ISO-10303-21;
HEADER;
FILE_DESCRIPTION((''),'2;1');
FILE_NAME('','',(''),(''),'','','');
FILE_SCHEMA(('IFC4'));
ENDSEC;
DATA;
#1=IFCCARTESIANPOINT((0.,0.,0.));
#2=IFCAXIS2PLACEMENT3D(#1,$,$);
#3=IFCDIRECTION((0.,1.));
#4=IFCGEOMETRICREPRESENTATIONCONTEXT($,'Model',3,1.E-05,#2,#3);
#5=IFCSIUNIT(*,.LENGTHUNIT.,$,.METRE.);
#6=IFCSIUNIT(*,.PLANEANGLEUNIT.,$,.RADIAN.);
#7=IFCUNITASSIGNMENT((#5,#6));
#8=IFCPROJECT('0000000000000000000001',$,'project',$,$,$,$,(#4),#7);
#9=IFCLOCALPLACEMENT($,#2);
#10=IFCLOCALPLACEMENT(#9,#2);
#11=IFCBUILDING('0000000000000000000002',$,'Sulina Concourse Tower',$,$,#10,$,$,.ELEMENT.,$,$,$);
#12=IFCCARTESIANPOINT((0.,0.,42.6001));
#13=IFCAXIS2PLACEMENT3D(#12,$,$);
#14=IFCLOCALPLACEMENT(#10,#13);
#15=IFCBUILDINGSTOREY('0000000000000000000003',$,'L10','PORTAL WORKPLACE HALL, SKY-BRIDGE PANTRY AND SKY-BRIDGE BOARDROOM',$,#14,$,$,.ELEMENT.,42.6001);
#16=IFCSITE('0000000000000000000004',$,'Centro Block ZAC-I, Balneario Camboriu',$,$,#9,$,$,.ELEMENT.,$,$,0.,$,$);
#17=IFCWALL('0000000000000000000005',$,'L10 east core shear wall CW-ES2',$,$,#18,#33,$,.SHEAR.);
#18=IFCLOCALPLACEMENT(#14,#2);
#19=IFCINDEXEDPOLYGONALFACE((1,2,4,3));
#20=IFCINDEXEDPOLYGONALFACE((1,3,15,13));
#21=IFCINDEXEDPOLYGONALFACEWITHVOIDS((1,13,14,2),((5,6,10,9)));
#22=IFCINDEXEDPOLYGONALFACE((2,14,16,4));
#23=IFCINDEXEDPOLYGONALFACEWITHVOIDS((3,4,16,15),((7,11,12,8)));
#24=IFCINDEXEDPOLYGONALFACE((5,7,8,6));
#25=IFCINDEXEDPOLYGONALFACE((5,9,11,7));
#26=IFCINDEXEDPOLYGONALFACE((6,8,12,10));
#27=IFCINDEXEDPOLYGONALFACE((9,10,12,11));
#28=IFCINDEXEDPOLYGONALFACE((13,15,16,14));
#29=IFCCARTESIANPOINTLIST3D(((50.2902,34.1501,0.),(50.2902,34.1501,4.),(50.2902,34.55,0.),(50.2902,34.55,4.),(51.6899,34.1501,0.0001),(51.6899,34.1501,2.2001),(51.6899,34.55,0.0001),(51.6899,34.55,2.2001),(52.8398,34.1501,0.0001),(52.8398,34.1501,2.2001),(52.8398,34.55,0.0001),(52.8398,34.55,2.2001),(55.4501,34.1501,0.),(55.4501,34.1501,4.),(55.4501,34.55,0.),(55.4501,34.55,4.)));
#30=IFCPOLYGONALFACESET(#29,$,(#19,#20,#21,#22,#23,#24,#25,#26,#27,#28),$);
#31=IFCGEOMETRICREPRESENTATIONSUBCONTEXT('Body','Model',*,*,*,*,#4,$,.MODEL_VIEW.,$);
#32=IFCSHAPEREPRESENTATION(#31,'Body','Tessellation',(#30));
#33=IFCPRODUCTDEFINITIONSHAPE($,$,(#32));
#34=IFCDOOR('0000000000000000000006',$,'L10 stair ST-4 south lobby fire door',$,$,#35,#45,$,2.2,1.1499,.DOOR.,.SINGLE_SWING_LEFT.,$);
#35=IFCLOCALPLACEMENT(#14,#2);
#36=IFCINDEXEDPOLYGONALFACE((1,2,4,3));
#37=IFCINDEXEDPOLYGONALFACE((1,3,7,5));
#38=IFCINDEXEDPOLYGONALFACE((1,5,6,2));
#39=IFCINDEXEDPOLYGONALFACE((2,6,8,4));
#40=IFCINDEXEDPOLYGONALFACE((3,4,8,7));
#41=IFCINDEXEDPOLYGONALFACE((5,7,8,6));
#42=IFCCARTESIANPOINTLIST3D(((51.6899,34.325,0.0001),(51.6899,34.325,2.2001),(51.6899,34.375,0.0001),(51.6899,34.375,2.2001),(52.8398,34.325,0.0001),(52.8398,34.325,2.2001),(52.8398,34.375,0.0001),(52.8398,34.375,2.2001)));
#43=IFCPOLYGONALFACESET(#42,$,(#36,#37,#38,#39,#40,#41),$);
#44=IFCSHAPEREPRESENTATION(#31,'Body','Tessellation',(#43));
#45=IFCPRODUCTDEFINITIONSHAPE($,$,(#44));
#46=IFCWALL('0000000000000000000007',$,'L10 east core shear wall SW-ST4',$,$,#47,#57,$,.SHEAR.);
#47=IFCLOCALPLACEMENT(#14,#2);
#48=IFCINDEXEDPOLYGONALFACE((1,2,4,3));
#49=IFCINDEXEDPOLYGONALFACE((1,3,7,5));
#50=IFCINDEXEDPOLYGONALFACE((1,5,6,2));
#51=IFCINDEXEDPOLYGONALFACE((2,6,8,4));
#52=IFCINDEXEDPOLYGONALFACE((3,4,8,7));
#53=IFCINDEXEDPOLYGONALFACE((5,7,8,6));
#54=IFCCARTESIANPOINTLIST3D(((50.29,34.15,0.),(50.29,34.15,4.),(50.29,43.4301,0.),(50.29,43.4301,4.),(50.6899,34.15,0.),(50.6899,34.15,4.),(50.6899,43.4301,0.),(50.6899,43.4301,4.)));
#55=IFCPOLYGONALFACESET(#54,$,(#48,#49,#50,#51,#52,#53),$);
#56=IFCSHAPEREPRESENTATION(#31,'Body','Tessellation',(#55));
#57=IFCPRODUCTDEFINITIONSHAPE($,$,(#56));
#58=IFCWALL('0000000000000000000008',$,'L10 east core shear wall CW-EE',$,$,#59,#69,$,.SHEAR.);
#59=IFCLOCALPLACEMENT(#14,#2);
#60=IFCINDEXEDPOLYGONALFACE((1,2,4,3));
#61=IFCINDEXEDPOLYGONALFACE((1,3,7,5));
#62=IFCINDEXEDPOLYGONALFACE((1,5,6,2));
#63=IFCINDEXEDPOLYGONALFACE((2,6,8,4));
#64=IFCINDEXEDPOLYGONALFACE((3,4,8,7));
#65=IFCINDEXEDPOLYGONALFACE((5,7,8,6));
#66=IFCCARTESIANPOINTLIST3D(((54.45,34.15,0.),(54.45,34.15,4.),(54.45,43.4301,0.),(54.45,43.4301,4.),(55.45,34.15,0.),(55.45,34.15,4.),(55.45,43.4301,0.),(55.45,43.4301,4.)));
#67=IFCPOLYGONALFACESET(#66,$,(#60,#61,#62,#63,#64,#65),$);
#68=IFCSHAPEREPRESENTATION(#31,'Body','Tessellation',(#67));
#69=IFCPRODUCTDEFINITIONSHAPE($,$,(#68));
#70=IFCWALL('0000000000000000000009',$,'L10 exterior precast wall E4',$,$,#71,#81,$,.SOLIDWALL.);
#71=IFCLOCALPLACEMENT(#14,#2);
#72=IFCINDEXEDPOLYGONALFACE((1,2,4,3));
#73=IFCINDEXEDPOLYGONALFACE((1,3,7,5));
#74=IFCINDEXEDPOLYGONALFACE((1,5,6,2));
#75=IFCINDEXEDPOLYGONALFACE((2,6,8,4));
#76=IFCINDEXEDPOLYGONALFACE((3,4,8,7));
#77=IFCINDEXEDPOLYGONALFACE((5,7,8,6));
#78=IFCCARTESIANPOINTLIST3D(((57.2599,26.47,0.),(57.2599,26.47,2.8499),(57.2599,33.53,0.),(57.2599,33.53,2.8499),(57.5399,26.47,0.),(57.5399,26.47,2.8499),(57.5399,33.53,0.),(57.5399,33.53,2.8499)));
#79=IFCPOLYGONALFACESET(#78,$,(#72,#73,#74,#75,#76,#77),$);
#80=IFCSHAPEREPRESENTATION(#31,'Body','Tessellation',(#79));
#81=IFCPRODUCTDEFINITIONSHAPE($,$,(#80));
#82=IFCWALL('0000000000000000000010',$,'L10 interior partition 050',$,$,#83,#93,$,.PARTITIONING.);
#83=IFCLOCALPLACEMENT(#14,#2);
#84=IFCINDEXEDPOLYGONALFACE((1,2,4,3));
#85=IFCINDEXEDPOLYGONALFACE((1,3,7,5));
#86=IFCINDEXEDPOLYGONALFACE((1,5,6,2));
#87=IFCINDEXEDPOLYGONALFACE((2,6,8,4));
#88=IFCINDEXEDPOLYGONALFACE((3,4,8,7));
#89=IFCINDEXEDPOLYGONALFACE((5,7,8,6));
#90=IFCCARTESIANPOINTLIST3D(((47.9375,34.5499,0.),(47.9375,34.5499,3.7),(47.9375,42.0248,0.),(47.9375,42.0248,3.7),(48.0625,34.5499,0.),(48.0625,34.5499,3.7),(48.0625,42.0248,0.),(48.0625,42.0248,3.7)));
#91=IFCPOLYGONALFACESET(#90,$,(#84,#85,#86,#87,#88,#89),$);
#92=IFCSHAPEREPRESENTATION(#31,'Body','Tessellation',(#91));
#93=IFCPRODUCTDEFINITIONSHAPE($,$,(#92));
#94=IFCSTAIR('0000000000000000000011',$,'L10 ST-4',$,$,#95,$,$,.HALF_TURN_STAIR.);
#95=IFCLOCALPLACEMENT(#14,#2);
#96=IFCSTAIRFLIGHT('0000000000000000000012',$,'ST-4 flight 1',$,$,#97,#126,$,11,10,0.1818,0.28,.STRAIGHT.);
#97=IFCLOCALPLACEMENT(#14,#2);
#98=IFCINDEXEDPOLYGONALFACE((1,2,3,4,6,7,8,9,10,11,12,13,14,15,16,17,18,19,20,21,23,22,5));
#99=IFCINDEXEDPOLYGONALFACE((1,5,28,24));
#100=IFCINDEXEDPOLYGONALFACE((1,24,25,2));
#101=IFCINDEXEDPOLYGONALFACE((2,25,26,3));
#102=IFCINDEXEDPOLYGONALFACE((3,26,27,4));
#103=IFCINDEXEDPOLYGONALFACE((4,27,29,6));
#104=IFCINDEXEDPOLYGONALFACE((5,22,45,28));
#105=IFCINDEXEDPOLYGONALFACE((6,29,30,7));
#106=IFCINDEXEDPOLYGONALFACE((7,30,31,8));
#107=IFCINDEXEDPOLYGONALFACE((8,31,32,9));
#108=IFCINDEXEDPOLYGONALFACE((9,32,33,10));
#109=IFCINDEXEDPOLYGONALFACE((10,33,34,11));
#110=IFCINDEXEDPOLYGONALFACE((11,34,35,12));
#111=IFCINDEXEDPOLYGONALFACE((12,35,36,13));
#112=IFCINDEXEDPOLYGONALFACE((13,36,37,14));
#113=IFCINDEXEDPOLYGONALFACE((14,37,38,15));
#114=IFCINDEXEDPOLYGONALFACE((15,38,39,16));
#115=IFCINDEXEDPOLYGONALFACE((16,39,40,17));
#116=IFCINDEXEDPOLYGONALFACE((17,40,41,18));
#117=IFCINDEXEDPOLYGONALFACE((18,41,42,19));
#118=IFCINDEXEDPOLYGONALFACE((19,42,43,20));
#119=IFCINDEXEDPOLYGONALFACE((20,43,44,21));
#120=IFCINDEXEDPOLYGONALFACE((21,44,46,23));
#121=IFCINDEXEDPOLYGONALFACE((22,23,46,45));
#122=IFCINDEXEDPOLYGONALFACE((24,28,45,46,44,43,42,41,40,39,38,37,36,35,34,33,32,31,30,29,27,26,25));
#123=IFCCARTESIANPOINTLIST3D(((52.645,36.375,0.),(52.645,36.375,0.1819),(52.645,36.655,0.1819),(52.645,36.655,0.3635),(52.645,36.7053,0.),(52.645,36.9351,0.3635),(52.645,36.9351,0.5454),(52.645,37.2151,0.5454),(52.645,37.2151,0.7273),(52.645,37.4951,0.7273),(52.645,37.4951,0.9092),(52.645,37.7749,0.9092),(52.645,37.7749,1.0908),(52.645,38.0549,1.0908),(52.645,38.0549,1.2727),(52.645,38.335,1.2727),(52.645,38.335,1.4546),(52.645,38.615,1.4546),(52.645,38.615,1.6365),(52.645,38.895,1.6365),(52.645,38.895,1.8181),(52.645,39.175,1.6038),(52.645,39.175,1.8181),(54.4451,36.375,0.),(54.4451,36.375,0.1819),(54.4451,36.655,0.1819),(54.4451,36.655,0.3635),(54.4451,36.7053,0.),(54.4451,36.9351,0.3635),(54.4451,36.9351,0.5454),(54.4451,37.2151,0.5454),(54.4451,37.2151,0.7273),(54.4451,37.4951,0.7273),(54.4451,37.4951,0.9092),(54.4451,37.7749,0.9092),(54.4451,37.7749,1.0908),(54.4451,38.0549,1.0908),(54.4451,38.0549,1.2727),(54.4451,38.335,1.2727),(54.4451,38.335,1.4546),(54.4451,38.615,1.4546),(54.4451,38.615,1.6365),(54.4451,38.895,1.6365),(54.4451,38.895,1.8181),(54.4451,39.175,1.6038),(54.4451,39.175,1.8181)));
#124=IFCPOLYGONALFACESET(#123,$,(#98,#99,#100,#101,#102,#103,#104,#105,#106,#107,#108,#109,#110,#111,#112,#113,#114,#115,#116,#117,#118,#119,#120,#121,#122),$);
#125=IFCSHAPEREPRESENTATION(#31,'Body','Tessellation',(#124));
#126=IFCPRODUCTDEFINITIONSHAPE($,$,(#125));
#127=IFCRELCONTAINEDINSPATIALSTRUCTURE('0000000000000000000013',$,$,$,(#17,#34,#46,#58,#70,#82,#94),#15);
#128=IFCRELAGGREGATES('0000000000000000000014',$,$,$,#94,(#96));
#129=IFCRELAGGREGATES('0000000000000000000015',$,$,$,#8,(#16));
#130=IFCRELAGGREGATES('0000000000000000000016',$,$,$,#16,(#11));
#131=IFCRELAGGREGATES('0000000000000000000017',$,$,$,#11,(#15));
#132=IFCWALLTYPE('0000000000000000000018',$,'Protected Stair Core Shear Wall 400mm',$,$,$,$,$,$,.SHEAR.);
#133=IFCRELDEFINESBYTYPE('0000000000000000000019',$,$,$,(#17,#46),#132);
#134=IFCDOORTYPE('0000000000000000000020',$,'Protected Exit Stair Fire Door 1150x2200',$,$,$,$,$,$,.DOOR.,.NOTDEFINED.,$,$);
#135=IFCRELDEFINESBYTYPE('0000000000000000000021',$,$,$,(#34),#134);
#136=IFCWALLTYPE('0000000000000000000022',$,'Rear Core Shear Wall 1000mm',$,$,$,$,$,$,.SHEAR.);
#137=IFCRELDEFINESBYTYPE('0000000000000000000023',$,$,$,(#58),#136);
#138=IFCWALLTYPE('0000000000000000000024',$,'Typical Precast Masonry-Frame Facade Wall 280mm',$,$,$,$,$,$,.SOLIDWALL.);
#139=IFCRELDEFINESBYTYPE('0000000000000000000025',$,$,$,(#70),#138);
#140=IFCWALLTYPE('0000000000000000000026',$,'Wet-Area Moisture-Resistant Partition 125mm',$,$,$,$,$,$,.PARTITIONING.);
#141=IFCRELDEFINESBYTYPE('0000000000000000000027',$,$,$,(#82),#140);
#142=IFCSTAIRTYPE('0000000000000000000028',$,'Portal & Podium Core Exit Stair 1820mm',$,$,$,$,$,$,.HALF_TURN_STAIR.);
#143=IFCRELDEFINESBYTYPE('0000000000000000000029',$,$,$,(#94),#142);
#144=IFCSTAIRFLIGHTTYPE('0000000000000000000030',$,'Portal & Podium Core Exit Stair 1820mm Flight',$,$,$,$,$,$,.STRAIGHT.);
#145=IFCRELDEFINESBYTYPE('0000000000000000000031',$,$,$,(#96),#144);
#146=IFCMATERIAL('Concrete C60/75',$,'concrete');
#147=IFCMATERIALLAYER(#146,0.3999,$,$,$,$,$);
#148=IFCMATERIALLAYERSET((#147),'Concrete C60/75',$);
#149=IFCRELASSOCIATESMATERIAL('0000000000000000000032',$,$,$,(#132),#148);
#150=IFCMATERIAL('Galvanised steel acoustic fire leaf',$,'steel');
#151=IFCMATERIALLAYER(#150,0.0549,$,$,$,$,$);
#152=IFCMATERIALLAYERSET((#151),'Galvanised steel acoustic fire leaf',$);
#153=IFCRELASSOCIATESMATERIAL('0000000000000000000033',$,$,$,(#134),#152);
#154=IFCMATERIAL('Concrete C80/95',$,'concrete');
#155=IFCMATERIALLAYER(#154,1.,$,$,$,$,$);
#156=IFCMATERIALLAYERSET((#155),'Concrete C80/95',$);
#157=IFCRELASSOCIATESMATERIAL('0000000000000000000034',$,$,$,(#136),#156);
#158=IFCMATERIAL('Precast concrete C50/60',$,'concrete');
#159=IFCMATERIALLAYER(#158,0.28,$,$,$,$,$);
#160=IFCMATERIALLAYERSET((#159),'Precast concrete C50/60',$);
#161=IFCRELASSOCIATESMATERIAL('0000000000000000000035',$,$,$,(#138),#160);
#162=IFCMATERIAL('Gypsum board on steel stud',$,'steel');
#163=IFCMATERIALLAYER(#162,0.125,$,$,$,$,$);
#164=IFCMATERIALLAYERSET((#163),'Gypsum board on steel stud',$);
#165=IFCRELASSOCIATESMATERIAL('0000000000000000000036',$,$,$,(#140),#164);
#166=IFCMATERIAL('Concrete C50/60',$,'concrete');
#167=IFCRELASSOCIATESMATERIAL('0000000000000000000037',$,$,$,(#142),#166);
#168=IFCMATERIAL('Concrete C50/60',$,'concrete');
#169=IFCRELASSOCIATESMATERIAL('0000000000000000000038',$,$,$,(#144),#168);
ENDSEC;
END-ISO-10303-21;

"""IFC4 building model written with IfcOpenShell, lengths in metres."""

from ifc_helpers import new_model, si_unit, direction, frame, frame_2d, origin, place, context, subcontext, project, spatial, polyline, rectangle, outline, extrude, material, layer, layer_set, type_object, element, fill, aggregate, save


model = new_model("IFC4")

# Units and contexts
model_context = context("Model", 3, precision=1e-05, world=origin(), true_north=direction((0.0, 1.0)))
body_context = subcontext(model_context, "Body", "Model", "MODEL_VIEW")
ifc_project = project(units=[si_unit("LENGTHUNIT", "METRE"), si_unit("PLANEANGLEUNIT", "RADIAN")], contexts=[model_context])

# Site, building, storey
site_placement = place(None, origin())
site = spatial("IfcSite", under=ifc_project, at=site_placement, Name="Centro Block ZAC-I, Balneario Camboriu", CompositionType="ELEMENT", RefElevation=0.0)
building_placement = place(site_placement, origin())
building = spatial("IfcBuilding", under=site, at=building_placement, Name="Sulina Concourse Tower", CompositionType="ELEMENT")
storey_placement = place(building_placement, frame((0.0, 0.0, 42.6001)))
storey = spatial("IfcBuildingStorey", under=building, at=storey_placement, Name="L10", Description="PORTAL WORKPLACE HALL, SKY-BRIDGE PANTRY AND SKY-BRIDGE BOARDROOM", CompositionType="ELEMENT", Elevation=42.6001)

# Shared definitions
ifc_material_1 = material(Name="Concrete C60/75", Category="concrete")
ifc_layer_1 = layer(ifc_material_1, 0.3999)
ifc_layer_set_1 = layer_set([ifc_layer_1], Name="Concrete C60/75")
wall_type_1 = type_object("IfcWallType", Name="Protected Stair Core Shear Wall 400mm", PredefinedType="SHEAR", material=ifc_layer_set_1)

# Wall, opening, door
wall_1_placement = place(storey_placement, frame((50.29, 34.3501, 0.0), z_axis=(0.0, 0.0, 1.0), x_axis=(1.0, 0.0, 0.0)))
wall_1 = element("IfcWall", 1, at=wall_1_placement, inside=storey, type_object=wall_type_1, Name="L10 east core shear wall CW-ES2", PredefinedType="SHEAR", context=body_context, shape_type="SweptSolid", body=[
    extrude(rectangle(XDim=5.1599, YDim=0.3999, at=frame_2d((2.5801, 0.0))), origin(), (0.0, 0.0, 1.0), 4.0),
])
opening_1_placement = place(wall_1_placement, frame((1.3999, 0.0, 0.0)))
opening_1 = element("IfcOpeningElement", 2, at=opening_1_placement, cuts=wall_1, PredefinedType="OPENING", context=body_context, shape_type="SweptSolid", body=[
    extrude(rectangle(XDim=1.1499, YDim=2.2, at=frame_2d((0.575, 1.1001))), frame((0.0, 0.21, 0.0), z_axis=(0.0, -1.0, 0.0), x_axis=(1.0, 0.0, 0.0)), (0.0, 0.0, 1.0), 0.4199),
])
ifc_material_2 = material(Name="Galvanised steel acoustic fire leaf", Category="steel")
ifc_layer_2 = layer(ifc_material_2, 0.0549)
ifc_layer_set_2 = layer_set([ifc_layer_2], Name="Galvanised steel acoustic fire leaf")
door_type_1 = type_object("IfcDoorType", Name="Protected Exit Stair Fire Door 1150x2200", OperationType="NOTDEFINED", PredefinedType="DOOR", material=ifc_layer_set_2)
door_1_placement = place(opening_1_placement, origin())
door_1 = element("IfcDoor", 3, at=door_1_placement, inside=storey, type_object=door_type_1, Name="L10 stair ST-4 south lobby fire door", OperationType="SINGLE_SWING_LEFT", OverallHeight=2.2, OverallWidth=1.1499, PredefinedType="DOOR", context=body_context, shape_type="SweptSolid", body=[
    extrude(rectangle(XDim=1.1499, YDim=2.2, at=frame_2d((0.575, 1.1001))), frame((0.0, 0.0249, 0.0), z_axis=(0.0, -1.0, 0.0), x_axis=(1.0, 0.0, 0.0)), (0.0, 0.0, 1.0), 0.05),
])
fill(opening_1, door_1)

# Walls
wall_2_placement = place(storey_placement, frame((50.49, 34.1499, 0.0), z_axis=(0.0, 0.0, 1.0), x_axis=(0.0, 1.0, 0.0)))
element("IfcWall", 4, at=wall_2_placement, inside=storey, type_object=wall_type_1, Name="L10 east core shear wall SW-ST4", PredefinedType="SHEAR", context=body_context, shape_type="SweptSolid", body=[
    extrude(rectangle(XDim=9.28, YDim=0.3999, at=frame_2d((4.6401, 0.0))), origin(), (0.0, 0.0, 1.0), 4.0),
])
ifc_material_3 = material(Name="Concrete C80/95", Category="concrete")
ifc_layer_3 = layer(ifc_material_3, 1.0)
ifc_layer_set_3 = layer_set([ifc_layer_3], Name="Concrete C80/95")
wall_type_2 = type_object("IfcWallType", Name="Rear Core Shear Wall 1000mm", PredefinedType="SHEAR", material=ifc_layer_set_3)
wall_3_placement = place(storey_placement, frame((54.95, 34.1499, 0.0), z_axis=(0.0, 0.0, 1.0), x_axis=(0.0, 1.0, 0.0)))
element("IfcWall", 5, at=wall_3_placement, inside=storey, type_object=wall_type_2, Name="L10 east core shear wall CW-EE", PredefinedType="SHEAR", context=body_context, shape_type="SweptSolid", body=[
    extrude(rectangle(XDim=9.28, YDim=1.0, at=frame_2d((4.6401, 0.0))), origin(), (0.0, 0.0, 1.0), 4.0),
])
ifc_material_4 = material(Name="Precast concrete C50/60", Category="concrete")
ifc_layer_4 = layer(ifc_material_4, 0.28)
ifc_layer_set_4 = layer_set([ifc_layer_4], Name="Precast concrete C50/60")
wall_type_3 = type_object("IfcWallType", Name="Typical Precast Masonry-Frame Facade Wall 280mm", PredefinedType="SOLIDWALL", material=ifc_layer_set_4)
wall_4_placement = place(storey_placement, frame((57.3999, 33.53, 0.0), z_axis=(0.0, 0.0, 1.0), x_axis=(0.0, -1.0, 0.0)))
element("IfcWall", 6, at=wall_4_placement, inside=storey, type_object=wall_type_3, Name="L10 exterior precast wall E4", PredefinedType="SOLIDWALL", context=body_context, shape_type="SweptSolid", body=[
    extrude(rectangle(XDim=7.0601, YDim=0.28, at=frame_2d((3.53, 0.0))), origin(), (0.0, 0.0, 1.0), 2.8499),
])
ifc_material_5 = material(Name="Gypsum board on steel stud", Category="steel")
ifc_layer_5 = layer(ifc_material_5, 0.125)
ifc_layer_set_5 = layer_set([ifc_layer_5], Name="Gypsum board on steel stud")
wall_type_4 = type_object("IfcWallType", Name="Wet-Area Moisture-Resistant Partition 125mm", PredefinedType="PARTITIONING", material=ifc_layer_set_5)
wall_5_placement = place(storey_placement, frame((48.0, 34.55, 0.0), z_axis=(0.0, 0.0, 1.0), x_axis=(0.0, 1.0, 0.0)))
element("IfcWall", 7, at=wall_5_placement, inside=storey, type_object=wall_type_4, Name="L10 interior partition 050", PredefinedType="PARTITIONING", context=body_context, shape_type="SweptSolid", body=[
    extrude(rectangle(XDim=7.4749, YDim=0.125, at=frame_2d((3.7373, 0.0))), origin(), (0.0, 0.0, 1.0), 3.7),
])

# Stair, stair flight
ifc_material_6 = material(Name="Concrete C50/60", Category="concrete")
stair_type = type_object("IfcStairType", Name="Portal & Podium Core Exit Stair 1820mm", PredefinedType="HALF_TURN_STAIR", material=ifc_material_6)
stair_placement = place(storey_placement, origin())
stair = element("IfcStair", 8, at=stair_placement, inside=storey, type_object=stair_type, Name="L10 ST-4", PredefinedType="HALF_TURN_STAIR")
ifc_material_7 = material(Name="Concrete C50/60", Category="concrete")
stair_flight_type = type_object("IfcStairFlightType", Name="Portal & Podium Core Exit Stair 1820mm Flight", PredefinedType="STRAIGHT", material=ifc_material_7)
stair_flight_placement = place(storey_placement, frame((53.5449, 36.375, 0.0), z_axis=(0.0, 0.0, 1.0), x_axis=(0.0, 1.0, 0.0)))
stair_flight = element("IfcStairFlight", 9, at=stair_flight_placement, type_object=stair_flight_type, Name="ST-4 flight 1", NumberOfRisers=11, NumberOfTreads=10, PredefinedType="STRAIGHT", RiserHeight=0.1818, TreadLength=0.28, context=body_context, shape_type="SweptSolid", body=[
    extrude(outline(polyline([(0.0, 0.0), (0.0, 0.1819), (0.28, 0.1819), (0.28, 0.3635), (0.5601, 0.3635), (0.5601, 0.5454), (0.8401, 0.5454), (0.8401, 0.7273), (1.1201, 0.7273), (1.1201, 0.9092), (1.3999, 0.9092), (1.3999, 1.0908), (1.6799, 1.0908), (1.6799, 1.2727), (1.96, 1.2727), (1.96, 1.4546), (2.24, 1.4546), (2.24, 1.6365), (2.52, 1.6365), (2.52, 1.8181), (2.8, 1.8181), (2.8, 2.0), (2.8, 1.6038), (0.3303, 0.0), (0.0, 0.0)])), frame((0.0, 0.8999, 0.0), z_axis=(0.0, -1.0, 0.0), x_axis=(1.0, 0.0, 0.0)), (0.0, 0.0, 1.0), 1.8),
])
aggregate(stair, [stair_flight])

save(model, "model.ifc")
